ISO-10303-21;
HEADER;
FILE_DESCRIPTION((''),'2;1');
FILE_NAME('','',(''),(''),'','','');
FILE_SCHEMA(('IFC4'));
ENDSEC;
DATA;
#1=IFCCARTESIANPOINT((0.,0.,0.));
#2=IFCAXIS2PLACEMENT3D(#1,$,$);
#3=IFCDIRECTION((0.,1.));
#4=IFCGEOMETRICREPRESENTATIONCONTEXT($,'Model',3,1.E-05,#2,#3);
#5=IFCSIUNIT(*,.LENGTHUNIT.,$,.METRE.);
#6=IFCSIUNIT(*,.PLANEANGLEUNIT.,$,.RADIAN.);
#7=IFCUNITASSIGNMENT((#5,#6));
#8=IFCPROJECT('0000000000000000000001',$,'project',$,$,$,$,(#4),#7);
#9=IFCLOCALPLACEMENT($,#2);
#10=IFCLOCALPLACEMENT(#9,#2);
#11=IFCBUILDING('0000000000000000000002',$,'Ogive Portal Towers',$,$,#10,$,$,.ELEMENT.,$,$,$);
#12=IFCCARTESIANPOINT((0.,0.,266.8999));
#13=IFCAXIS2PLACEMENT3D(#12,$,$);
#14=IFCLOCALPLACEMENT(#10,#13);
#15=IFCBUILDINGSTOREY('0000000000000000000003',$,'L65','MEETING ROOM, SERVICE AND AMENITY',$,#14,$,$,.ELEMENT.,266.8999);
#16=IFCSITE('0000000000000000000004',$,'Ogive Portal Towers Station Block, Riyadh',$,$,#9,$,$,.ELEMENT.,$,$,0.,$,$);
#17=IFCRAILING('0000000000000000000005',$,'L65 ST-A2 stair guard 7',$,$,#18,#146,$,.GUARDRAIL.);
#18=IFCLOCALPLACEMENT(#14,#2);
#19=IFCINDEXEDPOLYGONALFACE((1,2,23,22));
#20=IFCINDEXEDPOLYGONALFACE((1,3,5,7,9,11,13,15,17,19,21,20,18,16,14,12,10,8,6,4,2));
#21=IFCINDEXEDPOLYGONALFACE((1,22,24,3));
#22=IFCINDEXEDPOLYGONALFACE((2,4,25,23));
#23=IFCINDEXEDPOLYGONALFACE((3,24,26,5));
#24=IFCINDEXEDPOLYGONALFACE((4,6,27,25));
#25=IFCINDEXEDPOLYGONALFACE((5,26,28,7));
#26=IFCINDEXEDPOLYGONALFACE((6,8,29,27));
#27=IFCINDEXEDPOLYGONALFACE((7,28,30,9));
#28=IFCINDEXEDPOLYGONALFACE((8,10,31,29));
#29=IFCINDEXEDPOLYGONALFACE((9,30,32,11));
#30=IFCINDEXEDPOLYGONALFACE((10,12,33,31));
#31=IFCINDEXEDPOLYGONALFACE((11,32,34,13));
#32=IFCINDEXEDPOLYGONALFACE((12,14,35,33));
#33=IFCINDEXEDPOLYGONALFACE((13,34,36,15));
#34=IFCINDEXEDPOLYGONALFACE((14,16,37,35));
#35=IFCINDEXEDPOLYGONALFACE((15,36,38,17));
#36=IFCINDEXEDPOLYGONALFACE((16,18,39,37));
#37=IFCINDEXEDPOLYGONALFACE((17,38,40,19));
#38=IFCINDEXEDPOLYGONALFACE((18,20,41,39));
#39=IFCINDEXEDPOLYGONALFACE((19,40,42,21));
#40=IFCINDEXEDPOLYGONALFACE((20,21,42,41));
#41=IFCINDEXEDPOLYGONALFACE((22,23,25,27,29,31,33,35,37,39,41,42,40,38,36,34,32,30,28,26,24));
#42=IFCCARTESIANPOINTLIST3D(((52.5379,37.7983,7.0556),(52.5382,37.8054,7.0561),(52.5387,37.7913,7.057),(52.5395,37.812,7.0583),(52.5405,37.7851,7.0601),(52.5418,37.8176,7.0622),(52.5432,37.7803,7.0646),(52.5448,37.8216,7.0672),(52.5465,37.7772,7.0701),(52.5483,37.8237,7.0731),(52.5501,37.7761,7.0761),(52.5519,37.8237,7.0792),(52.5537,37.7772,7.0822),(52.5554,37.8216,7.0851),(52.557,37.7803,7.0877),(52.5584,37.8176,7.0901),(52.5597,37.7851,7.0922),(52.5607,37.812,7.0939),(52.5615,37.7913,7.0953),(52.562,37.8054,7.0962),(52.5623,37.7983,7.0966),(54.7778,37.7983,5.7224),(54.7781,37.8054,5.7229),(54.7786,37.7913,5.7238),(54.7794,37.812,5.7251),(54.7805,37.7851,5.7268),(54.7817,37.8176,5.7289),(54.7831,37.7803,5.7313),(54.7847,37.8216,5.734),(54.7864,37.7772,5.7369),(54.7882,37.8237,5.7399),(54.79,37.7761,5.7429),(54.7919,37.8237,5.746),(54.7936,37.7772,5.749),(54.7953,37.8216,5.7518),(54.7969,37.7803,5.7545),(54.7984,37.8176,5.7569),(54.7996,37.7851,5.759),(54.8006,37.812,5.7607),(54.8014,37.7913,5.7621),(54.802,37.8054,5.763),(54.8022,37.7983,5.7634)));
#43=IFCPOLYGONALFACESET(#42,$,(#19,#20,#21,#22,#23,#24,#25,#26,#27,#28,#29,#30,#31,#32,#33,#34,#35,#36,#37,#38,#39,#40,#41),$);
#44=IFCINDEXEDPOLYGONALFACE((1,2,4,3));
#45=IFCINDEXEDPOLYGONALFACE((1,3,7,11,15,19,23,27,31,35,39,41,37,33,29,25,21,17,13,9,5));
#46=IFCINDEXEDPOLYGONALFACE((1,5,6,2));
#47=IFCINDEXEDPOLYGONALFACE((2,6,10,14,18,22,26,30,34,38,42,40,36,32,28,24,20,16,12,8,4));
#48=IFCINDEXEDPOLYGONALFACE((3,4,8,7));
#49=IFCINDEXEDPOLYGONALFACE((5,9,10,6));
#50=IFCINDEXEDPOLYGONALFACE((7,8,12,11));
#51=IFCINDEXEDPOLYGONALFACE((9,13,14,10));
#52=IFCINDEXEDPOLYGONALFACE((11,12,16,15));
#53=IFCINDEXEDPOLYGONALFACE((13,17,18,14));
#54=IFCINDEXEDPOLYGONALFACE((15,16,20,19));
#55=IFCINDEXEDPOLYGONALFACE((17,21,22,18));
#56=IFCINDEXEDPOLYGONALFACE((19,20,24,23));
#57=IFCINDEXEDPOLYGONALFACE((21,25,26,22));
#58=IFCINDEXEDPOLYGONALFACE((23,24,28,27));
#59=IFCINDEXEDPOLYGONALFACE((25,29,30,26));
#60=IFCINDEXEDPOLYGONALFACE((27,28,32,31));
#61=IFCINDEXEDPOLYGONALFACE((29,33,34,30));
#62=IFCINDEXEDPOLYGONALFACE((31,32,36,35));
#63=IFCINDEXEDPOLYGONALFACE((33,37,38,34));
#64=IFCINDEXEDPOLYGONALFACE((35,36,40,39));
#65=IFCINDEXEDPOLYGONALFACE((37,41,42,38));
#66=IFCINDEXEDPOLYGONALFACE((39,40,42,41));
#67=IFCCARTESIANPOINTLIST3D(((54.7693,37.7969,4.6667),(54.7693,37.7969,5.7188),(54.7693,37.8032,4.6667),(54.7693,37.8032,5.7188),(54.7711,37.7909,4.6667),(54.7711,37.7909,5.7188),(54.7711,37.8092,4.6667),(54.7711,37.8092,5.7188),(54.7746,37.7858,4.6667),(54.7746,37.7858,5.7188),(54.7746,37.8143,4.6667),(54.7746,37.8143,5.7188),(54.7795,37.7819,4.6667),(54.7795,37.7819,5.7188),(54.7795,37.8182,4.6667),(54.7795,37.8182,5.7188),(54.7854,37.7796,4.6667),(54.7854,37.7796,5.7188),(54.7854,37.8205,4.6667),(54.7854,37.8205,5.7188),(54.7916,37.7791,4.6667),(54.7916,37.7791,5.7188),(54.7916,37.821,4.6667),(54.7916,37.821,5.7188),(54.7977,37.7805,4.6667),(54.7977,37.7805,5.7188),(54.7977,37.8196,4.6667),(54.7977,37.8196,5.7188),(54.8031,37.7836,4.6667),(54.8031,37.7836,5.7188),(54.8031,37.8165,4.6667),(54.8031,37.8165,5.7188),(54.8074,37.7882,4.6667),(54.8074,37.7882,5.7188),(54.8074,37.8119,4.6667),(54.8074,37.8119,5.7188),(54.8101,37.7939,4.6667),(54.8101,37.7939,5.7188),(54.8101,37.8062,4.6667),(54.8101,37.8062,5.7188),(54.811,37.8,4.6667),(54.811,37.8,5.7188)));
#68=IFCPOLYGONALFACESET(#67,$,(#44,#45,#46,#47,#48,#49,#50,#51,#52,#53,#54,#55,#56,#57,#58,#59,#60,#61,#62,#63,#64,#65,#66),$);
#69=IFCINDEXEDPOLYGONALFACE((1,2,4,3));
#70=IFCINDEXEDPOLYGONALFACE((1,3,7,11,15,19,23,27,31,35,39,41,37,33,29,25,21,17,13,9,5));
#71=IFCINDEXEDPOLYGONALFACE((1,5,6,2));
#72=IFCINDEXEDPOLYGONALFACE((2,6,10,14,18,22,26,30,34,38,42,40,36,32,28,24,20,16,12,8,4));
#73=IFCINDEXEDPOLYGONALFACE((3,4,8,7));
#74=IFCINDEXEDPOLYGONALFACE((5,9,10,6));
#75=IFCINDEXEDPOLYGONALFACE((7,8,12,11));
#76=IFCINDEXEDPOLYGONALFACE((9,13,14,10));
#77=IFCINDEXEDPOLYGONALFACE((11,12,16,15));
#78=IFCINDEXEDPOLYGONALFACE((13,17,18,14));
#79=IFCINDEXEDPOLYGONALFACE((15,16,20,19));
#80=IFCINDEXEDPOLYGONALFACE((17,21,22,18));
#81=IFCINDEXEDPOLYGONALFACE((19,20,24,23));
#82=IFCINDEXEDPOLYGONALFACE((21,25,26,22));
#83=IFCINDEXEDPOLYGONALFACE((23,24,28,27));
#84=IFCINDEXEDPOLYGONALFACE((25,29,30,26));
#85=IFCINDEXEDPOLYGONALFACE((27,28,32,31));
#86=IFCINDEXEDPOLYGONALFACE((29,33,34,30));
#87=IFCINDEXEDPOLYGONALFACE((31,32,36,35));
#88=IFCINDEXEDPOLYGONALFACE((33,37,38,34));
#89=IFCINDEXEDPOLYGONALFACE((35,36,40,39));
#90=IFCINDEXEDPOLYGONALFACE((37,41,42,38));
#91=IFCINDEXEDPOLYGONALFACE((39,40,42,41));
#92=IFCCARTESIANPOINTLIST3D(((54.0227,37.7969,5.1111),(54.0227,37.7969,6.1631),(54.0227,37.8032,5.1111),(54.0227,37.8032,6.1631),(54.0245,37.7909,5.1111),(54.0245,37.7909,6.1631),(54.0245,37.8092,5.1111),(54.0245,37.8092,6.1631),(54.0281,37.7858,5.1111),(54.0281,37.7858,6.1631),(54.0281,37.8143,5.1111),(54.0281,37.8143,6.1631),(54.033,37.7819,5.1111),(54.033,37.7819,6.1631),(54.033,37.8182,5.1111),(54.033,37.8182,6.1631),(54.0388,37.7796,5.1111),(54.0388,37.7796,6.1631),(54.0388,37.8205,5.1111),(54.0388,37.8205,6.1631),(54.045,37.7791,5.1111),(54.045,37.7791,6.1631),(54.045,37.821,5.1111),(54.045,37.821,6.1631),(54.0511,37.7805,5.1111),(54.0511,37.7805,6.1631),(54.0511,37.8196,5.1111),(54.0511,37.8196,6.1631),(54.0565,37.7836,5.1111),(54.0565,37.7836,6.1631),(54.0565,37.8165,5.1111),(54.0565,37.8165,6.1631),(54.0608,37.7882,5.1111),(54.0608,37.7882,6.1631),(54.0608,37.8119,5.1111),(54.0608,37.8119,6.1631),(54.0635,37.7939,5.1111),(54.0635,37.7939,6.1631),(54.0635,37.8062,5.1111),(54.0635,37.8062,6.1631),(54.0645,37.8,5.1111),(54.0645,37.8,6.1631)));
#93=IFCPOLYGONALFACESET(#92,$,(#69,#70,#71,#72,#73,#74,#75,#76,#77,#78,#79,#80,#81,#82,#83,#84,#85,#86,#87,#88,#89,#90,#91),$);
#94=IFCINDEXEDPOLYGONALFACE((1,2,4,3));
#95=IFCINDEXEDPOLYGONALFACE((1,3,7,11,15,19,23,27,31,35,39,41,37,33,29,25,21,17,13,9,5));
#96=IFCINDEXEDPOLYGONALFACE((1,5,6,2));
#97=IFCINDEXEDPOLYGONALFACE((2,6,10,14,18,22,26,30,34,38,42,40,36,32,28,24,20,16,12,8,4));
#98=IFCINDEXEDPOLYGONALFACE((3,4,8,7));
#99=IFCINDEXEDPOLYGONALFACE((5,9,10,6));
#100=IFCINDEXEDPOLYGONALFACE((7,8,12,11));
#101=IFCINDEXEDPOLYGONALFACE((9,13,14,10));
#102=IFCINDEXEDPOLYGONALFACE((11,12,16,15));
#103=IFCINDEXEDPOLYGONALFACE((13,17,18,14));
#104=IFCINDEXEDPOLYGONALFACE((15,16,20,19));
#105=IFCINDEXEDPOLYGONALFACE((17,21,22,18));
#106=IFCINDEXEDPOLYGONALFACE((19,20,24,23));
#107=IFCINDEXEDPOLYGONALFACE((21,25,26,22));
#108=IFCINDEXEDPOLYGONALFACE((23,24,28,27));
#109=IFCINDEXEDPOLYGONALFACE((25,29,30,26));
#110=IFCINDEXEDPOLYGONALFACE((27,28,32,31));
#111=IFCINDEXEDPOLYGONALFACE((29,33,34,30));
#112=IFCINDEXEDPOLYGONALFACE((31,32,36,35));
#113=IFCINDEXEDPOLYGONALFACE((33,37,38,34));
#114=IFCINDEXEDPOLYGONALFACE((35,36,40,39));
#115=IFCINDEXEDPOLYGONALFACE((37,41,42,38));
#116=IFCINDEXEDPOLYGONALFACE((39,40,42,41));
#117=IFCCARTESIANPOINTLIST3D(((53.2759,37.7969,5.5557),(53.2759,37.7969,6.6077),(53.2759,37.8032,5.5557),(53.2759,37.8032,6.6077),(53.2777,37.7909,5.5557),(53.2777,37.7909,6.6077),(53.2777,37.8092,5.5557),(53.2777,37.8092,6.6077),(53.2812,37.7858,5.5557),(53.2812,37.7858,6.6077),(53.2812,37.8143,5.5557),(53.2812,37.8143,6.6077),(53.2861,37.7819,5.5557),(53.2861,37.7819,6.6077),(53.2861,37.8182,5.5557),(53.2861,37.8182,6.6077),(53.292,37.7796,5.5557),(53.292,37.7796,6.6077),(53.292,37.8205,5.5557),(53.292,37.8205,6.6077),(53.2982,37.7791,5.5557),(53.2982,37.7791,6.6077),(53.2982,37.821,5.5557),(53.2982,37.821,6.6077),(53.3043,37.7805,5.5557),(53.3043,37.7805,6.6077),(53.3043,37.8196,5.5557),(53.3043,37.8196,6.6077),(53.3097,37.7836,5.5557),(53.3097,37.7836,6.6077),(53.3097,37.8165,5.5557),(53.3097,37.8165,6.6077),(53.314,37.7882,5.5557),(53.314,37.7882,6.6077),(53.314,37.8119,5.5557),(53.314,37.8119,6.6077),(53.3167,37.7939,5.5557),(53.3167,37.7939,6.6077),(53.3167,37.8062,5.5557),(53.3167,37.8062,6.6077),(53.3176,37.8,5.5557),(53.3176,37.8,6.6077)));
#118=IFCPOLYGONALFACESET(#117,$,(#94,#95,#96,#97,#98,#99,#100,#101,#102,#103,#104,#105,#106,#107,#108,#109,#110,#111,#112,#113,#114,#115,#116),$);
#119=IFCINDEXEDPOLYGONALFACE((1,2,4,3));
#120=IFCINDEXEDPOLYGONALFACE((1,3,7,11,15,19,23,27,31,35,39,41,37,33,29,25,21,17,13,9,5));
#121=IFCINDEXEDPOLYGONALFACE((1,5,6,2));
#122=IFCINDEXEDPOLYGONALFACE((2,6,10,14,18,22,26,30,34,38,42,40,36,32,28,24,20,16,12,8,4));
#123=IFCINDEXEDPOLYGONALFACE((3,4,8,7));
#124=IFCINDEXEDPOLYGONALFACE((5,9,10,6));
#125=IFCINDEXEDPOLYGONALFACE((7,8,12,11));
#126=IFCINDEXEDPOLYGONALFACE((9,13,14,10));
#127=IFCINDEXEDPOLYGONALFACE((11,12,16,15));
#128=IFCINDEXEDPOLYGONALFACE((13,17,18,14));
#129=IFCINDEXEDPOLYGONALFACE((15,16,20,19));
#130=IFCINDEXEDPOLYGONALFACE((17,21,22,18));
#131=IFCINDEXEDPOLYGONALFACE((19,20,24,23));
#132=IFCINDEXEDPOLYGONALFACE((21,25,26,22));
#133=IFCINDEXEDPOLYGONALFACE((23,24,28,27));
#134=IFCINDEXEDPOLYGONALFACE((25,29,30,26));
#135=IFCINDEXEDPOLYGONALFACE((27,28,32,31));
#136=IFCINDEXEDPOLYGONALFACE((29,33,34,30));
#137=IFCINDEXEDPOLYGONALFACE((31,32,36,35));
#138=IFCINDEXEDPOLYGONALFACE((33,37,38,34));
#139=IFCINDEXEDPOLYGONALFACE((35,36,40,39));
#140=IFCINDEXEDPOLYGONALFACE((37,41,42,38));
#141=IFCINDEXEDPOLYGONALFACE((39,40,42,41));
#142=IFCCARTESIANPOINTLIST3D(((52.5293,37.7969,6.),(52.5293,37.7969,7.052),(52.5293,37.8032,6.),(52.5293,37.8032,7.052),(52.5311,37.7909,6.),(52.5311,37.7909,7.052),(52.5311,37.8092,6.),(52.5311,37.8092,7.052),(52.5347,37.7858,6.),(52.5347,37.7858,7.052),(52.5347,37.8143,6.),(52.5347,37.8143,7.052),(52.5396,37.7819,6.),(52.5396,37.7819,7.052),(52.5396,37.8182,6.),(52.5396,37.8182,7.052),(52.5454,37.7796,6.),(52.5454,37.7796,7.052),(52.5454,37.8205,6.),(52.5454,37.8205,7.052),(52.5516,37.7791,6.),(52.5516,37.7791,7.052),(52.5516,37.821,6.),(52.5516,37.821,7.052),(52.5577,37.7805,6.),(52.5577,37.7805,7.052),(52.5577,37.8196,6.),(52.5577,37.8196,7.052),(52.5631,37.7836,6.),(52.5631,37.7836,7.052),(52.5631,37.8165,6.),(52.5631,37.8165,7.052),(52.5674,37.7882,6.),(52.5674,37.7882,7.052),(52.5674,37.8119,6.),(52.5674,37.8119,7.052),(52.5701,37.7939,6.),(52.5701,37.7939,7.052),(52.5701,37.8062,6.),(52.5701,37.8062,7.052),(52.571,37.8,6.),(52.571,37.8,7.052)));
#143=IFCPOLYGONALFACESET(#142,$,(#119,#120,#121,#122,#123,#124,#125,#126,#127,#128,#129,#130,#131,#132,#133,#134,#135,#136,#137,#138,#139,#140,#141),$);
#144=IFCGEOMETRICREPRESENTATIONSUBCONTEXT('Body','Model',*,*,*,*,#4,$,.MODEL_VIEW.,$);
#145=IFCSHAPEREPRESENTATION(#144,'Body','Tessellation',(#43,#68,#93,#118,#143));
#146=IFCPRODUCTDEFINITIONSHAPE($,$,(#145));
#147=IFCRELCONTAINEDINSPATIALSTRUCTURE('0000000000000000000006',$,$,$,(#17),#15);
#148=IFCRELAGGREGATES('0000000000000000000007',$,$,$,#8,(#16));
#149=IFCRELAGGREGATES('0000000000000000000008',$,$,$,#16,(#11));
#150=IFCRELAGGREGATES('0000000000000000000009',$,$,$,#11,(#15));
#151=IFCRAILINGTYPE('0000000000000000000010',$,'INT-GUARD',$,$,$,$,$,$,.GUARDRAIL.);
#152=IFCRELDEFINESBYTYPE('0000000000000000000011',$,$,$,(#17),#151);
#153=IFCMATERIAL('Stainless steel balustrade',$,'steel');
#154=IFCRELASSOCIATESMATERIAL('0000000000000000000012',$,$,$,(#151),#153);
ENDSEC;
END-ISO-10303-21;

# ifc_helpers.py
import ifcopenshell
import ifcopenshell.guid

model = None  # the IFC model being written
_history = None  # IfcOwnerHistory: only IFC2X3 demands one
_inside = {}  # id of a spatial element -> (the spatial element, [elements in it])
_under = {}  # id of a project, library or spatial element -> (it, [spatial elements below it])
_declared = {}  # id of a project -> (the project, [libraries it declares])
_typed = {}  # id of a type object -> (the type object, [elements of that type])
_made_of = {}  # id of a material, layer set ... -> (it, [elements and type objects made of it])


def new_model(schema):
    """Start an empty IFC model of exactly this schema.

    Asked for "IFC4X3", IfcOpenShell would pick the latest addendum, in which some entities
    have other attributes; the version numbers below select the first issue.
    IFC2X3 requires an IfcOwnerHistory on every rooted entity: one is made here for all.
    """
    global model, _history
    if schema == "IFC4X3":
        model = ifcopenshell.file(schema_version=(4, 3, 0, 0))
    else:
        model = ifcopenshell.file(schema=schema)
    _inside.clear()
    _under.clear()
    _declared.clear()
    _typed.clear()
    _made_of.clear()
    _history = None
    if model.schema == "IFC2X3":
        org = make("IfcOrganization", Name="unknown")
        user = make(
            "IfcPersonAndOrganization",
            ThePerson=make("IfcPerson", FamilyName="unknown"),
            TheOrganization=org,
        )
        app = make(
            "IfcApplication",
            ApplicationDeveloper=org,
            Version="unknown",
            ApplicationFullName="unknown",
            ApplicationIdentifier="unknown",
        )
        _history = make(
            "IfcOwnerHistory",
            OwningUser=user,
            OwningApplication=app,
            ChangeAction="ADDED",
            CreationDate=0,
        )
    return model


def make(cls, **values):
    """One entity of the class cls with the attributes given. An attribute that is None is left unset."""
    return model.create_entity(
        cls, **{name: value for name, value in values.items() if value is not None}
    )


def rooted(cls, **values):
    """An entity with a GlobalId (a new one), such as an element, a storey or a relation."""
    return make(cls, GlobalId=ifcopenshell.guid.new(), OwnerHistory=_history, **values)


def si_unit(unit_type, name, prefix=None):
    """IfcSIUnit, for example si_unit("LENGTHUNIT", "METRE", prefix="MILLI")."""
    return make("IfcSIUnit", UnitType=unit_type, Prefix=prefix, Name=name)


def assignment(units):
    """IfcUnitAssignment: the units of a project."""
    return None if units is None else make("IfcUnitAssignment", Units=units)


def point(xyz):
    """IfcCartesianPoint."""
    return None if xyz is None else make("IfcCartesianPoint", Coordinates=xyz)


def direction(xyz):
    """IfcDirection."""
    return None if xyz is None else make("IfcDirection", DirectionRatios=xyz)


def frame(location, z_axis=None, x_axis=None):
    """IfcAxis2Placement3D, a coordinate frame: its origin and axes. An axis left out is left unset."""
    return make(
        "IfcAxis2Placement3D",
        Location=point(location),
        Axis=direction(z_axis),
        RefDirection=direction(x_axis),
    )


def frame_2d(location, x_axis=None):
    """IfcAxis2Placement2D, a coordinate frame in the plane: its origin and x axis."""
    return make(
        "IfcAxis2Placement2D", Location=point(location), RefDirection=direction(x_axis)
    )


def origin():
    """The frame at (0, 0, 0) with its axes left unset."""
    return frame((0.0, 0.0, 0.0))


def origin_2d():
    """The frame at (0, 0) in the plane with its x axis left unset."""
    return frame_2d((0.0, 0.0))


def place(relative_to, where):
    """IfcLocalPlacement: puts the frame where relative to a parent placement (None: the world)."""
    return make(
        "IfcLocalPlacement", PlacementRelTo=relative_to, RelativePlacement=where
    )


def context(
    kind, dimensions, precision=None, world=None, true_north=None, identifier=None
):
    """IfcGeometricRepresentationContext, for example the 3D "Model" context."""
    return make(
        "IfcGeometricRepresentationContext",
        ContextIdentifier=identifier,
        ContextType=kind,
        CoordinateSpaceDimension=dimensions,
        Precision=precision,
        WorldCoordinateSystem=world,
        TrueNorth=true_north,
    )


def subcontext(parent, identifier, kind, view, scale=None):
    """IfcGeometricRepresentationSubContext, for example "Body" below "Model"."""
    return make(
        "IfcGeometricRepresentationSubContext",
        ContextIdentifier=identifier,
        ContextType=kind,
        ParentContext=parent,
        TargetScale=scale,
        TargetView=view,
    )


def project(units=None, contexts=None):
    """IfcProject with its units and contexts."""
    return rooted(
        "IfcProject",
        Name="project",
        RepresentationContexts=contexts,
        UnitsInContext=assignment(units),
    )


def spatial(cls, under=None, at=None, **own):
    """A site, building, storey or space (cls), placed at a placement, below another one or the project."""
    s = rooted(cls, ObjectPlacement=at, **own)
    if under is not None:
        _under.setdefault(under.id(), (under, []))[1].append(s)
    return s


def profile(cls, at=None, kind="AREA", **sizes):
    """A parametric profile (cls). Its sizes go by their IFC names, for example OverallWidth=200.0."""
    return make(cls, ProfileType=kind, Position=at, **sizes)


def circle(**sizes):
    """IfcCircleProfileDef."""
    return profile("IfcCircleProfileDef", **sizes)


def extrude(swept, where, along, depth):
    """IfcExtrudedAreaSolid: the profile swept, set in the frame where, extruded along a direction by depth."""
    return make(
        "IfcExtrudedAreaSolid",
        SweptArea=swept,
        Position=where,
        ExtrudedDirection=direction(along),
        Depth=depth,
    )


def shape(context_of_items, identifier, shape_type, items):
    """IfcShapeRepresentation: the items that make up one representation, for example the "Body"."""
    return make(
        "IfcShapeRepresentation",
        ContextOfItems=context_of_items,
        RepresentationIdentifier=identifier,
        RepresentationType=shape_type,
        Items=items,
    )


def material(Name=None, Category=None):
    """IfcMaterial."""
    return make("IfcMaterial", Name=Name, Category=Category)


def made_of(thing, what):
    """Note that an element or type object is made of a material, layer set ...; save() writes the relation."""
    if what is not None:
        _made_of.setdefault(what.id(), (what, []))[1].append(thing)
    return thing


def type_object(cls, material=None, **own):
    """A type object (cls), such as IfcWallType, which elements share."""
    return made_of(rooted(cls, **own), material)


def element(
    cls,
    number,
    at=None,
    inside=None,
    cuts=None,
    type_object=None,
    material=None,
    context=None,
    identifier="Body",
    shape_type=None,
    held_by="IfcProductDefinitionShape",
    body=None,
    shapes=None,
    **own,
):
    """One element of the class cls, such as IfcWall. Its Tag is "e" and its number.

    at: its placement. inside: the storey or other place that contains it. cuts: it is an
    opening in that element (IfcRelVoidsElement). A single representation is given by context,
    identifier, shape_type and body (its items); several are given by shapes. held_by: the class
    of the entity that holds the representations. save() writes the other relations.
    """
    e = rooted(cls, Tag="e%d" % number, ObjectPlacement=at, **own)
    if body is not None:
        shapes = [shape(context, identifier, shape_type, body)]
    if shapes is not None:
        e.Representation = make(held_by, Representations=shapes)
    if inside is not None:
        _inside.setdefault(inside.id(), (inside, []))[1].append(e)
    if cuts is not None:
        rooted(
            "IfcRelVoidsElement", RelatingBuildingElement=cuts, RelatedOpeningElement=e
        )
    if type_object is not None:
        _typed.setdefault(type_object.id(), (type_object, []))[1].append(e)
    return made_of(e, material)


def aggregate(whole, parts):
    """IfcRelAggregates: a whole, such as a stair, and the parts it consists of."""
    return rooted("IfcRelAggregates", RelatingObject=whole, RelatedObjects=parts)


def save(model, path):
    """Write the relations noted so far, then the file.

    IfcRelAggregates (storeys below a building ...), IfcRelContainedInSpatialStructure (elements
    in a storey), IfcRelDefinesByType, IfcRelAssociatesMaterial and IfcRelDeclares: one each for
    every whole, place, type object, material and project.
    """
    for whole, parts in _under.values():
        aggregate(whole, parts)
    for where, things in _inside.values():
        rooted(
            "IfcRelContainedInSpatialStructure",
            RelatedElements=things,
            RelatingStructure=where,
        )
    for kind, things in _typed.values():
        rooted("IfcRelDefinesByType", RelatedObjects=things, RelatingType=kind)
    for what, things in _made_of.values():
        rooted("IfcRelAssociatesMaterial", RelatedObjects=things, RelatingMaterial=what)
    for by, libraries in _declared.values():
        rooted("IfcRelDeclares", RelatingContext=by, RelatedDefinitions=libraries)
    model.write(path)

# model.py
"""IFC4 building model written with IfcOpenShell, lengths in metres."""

from ifc_helpers import new_model, si_unit, direction, frame, origin, origin_2d, place, context, subcontext, project, spatial, circle, extrude, material, type_object, element, save


model = new_model("IFC4")

# Units and contexts
model_context = context("Model", 3, precision=1e-05, world=origin(), true_north=direction((0.0, 1.0)))
body_context = subcontext(model_context, "Body", "Model", "MODEL_VIEW")
ifc_project = project(units=[si_unit("LENGTHUNIT", "METRE"), si_unit("PLANEANGLEUNIT", "RADIAN")], contexts=[model_context])

# Site, building, storey
site_placement = place(None, origin())
site = spatial("IfcSite", under=ifc_project, at=site_placement, Name="Ogive Portal Towers Station Block, Riyadh", CompositionType="ELEMENT", RefElevation=0.0)
building_placement = place(site_placement, origin())
building = spatial("IfcBuilding", under=site, at=building_placement, Name="Ogive Portal Towers", CompositionType="ELEMENT")
storey_placement = place(building_placement, frame((0.0, 0.0, 266.8999)))
storey = spatial("IfcBuildingStorey", under=building, at=storey_placement, Name="L65", Description="MEETING ROOM, SERVICE AND AMENITY", CompositionType="ELEMENT", Elevation=266.8999)

# Railing
ifc_material_1 = material(Name="Stainless steel balustrade", Category="steel")
railing_type_1 = type_object("IfcRailingType", Name="INT-GUARD", PredefinedType="GUARDRAIL", material=ifc_material_1)
railing_1_placement = place(storey_placement, frame((54.79, 37.8, 4.6667)))
element("IfcRailing", 1, at=railing_1_placement, inside=storey, type_object=railing_type_1, Name="L65 ST-A2 stair guard 7", PredefinedType="GUARDRAIL", context=body_context, shape_type="SweptSolid", body=[
    extrude(circle(Radius=0.0239, at=origin_2d()), frame((0.0, 0.0, 1.0762), z_axis=(-0.859306, 0.0, 0.511462), x_axis=(0.0, -1.0, 0.0)), (0.0, 0.0, 1.0), 2.6067),
    extrude(circle(Radius=0.021, at=origin_2d()), origin(), (0.0, 0.0, 1.0), 1.052),
    extrude(circle(Radius=0.021, at=origin_2d()), frame((-0.7466, 0.0, 0.4443)), (0.0, 0.0, 1.0), 1.052),
    extrude(circle(Radius=0.021, at=origin_2d()), frame((-1.4934, 0.0, 0.8889)), (0.0, 0.0, 1.0), 1.052),
    extrude(circle(Radius=0.021, at=origin_2d()), frame((-2.24, 0.0, 1.3333)), (0.0, 0.0, 1.0), 1.052),
])

save(model, "model.ifc")
